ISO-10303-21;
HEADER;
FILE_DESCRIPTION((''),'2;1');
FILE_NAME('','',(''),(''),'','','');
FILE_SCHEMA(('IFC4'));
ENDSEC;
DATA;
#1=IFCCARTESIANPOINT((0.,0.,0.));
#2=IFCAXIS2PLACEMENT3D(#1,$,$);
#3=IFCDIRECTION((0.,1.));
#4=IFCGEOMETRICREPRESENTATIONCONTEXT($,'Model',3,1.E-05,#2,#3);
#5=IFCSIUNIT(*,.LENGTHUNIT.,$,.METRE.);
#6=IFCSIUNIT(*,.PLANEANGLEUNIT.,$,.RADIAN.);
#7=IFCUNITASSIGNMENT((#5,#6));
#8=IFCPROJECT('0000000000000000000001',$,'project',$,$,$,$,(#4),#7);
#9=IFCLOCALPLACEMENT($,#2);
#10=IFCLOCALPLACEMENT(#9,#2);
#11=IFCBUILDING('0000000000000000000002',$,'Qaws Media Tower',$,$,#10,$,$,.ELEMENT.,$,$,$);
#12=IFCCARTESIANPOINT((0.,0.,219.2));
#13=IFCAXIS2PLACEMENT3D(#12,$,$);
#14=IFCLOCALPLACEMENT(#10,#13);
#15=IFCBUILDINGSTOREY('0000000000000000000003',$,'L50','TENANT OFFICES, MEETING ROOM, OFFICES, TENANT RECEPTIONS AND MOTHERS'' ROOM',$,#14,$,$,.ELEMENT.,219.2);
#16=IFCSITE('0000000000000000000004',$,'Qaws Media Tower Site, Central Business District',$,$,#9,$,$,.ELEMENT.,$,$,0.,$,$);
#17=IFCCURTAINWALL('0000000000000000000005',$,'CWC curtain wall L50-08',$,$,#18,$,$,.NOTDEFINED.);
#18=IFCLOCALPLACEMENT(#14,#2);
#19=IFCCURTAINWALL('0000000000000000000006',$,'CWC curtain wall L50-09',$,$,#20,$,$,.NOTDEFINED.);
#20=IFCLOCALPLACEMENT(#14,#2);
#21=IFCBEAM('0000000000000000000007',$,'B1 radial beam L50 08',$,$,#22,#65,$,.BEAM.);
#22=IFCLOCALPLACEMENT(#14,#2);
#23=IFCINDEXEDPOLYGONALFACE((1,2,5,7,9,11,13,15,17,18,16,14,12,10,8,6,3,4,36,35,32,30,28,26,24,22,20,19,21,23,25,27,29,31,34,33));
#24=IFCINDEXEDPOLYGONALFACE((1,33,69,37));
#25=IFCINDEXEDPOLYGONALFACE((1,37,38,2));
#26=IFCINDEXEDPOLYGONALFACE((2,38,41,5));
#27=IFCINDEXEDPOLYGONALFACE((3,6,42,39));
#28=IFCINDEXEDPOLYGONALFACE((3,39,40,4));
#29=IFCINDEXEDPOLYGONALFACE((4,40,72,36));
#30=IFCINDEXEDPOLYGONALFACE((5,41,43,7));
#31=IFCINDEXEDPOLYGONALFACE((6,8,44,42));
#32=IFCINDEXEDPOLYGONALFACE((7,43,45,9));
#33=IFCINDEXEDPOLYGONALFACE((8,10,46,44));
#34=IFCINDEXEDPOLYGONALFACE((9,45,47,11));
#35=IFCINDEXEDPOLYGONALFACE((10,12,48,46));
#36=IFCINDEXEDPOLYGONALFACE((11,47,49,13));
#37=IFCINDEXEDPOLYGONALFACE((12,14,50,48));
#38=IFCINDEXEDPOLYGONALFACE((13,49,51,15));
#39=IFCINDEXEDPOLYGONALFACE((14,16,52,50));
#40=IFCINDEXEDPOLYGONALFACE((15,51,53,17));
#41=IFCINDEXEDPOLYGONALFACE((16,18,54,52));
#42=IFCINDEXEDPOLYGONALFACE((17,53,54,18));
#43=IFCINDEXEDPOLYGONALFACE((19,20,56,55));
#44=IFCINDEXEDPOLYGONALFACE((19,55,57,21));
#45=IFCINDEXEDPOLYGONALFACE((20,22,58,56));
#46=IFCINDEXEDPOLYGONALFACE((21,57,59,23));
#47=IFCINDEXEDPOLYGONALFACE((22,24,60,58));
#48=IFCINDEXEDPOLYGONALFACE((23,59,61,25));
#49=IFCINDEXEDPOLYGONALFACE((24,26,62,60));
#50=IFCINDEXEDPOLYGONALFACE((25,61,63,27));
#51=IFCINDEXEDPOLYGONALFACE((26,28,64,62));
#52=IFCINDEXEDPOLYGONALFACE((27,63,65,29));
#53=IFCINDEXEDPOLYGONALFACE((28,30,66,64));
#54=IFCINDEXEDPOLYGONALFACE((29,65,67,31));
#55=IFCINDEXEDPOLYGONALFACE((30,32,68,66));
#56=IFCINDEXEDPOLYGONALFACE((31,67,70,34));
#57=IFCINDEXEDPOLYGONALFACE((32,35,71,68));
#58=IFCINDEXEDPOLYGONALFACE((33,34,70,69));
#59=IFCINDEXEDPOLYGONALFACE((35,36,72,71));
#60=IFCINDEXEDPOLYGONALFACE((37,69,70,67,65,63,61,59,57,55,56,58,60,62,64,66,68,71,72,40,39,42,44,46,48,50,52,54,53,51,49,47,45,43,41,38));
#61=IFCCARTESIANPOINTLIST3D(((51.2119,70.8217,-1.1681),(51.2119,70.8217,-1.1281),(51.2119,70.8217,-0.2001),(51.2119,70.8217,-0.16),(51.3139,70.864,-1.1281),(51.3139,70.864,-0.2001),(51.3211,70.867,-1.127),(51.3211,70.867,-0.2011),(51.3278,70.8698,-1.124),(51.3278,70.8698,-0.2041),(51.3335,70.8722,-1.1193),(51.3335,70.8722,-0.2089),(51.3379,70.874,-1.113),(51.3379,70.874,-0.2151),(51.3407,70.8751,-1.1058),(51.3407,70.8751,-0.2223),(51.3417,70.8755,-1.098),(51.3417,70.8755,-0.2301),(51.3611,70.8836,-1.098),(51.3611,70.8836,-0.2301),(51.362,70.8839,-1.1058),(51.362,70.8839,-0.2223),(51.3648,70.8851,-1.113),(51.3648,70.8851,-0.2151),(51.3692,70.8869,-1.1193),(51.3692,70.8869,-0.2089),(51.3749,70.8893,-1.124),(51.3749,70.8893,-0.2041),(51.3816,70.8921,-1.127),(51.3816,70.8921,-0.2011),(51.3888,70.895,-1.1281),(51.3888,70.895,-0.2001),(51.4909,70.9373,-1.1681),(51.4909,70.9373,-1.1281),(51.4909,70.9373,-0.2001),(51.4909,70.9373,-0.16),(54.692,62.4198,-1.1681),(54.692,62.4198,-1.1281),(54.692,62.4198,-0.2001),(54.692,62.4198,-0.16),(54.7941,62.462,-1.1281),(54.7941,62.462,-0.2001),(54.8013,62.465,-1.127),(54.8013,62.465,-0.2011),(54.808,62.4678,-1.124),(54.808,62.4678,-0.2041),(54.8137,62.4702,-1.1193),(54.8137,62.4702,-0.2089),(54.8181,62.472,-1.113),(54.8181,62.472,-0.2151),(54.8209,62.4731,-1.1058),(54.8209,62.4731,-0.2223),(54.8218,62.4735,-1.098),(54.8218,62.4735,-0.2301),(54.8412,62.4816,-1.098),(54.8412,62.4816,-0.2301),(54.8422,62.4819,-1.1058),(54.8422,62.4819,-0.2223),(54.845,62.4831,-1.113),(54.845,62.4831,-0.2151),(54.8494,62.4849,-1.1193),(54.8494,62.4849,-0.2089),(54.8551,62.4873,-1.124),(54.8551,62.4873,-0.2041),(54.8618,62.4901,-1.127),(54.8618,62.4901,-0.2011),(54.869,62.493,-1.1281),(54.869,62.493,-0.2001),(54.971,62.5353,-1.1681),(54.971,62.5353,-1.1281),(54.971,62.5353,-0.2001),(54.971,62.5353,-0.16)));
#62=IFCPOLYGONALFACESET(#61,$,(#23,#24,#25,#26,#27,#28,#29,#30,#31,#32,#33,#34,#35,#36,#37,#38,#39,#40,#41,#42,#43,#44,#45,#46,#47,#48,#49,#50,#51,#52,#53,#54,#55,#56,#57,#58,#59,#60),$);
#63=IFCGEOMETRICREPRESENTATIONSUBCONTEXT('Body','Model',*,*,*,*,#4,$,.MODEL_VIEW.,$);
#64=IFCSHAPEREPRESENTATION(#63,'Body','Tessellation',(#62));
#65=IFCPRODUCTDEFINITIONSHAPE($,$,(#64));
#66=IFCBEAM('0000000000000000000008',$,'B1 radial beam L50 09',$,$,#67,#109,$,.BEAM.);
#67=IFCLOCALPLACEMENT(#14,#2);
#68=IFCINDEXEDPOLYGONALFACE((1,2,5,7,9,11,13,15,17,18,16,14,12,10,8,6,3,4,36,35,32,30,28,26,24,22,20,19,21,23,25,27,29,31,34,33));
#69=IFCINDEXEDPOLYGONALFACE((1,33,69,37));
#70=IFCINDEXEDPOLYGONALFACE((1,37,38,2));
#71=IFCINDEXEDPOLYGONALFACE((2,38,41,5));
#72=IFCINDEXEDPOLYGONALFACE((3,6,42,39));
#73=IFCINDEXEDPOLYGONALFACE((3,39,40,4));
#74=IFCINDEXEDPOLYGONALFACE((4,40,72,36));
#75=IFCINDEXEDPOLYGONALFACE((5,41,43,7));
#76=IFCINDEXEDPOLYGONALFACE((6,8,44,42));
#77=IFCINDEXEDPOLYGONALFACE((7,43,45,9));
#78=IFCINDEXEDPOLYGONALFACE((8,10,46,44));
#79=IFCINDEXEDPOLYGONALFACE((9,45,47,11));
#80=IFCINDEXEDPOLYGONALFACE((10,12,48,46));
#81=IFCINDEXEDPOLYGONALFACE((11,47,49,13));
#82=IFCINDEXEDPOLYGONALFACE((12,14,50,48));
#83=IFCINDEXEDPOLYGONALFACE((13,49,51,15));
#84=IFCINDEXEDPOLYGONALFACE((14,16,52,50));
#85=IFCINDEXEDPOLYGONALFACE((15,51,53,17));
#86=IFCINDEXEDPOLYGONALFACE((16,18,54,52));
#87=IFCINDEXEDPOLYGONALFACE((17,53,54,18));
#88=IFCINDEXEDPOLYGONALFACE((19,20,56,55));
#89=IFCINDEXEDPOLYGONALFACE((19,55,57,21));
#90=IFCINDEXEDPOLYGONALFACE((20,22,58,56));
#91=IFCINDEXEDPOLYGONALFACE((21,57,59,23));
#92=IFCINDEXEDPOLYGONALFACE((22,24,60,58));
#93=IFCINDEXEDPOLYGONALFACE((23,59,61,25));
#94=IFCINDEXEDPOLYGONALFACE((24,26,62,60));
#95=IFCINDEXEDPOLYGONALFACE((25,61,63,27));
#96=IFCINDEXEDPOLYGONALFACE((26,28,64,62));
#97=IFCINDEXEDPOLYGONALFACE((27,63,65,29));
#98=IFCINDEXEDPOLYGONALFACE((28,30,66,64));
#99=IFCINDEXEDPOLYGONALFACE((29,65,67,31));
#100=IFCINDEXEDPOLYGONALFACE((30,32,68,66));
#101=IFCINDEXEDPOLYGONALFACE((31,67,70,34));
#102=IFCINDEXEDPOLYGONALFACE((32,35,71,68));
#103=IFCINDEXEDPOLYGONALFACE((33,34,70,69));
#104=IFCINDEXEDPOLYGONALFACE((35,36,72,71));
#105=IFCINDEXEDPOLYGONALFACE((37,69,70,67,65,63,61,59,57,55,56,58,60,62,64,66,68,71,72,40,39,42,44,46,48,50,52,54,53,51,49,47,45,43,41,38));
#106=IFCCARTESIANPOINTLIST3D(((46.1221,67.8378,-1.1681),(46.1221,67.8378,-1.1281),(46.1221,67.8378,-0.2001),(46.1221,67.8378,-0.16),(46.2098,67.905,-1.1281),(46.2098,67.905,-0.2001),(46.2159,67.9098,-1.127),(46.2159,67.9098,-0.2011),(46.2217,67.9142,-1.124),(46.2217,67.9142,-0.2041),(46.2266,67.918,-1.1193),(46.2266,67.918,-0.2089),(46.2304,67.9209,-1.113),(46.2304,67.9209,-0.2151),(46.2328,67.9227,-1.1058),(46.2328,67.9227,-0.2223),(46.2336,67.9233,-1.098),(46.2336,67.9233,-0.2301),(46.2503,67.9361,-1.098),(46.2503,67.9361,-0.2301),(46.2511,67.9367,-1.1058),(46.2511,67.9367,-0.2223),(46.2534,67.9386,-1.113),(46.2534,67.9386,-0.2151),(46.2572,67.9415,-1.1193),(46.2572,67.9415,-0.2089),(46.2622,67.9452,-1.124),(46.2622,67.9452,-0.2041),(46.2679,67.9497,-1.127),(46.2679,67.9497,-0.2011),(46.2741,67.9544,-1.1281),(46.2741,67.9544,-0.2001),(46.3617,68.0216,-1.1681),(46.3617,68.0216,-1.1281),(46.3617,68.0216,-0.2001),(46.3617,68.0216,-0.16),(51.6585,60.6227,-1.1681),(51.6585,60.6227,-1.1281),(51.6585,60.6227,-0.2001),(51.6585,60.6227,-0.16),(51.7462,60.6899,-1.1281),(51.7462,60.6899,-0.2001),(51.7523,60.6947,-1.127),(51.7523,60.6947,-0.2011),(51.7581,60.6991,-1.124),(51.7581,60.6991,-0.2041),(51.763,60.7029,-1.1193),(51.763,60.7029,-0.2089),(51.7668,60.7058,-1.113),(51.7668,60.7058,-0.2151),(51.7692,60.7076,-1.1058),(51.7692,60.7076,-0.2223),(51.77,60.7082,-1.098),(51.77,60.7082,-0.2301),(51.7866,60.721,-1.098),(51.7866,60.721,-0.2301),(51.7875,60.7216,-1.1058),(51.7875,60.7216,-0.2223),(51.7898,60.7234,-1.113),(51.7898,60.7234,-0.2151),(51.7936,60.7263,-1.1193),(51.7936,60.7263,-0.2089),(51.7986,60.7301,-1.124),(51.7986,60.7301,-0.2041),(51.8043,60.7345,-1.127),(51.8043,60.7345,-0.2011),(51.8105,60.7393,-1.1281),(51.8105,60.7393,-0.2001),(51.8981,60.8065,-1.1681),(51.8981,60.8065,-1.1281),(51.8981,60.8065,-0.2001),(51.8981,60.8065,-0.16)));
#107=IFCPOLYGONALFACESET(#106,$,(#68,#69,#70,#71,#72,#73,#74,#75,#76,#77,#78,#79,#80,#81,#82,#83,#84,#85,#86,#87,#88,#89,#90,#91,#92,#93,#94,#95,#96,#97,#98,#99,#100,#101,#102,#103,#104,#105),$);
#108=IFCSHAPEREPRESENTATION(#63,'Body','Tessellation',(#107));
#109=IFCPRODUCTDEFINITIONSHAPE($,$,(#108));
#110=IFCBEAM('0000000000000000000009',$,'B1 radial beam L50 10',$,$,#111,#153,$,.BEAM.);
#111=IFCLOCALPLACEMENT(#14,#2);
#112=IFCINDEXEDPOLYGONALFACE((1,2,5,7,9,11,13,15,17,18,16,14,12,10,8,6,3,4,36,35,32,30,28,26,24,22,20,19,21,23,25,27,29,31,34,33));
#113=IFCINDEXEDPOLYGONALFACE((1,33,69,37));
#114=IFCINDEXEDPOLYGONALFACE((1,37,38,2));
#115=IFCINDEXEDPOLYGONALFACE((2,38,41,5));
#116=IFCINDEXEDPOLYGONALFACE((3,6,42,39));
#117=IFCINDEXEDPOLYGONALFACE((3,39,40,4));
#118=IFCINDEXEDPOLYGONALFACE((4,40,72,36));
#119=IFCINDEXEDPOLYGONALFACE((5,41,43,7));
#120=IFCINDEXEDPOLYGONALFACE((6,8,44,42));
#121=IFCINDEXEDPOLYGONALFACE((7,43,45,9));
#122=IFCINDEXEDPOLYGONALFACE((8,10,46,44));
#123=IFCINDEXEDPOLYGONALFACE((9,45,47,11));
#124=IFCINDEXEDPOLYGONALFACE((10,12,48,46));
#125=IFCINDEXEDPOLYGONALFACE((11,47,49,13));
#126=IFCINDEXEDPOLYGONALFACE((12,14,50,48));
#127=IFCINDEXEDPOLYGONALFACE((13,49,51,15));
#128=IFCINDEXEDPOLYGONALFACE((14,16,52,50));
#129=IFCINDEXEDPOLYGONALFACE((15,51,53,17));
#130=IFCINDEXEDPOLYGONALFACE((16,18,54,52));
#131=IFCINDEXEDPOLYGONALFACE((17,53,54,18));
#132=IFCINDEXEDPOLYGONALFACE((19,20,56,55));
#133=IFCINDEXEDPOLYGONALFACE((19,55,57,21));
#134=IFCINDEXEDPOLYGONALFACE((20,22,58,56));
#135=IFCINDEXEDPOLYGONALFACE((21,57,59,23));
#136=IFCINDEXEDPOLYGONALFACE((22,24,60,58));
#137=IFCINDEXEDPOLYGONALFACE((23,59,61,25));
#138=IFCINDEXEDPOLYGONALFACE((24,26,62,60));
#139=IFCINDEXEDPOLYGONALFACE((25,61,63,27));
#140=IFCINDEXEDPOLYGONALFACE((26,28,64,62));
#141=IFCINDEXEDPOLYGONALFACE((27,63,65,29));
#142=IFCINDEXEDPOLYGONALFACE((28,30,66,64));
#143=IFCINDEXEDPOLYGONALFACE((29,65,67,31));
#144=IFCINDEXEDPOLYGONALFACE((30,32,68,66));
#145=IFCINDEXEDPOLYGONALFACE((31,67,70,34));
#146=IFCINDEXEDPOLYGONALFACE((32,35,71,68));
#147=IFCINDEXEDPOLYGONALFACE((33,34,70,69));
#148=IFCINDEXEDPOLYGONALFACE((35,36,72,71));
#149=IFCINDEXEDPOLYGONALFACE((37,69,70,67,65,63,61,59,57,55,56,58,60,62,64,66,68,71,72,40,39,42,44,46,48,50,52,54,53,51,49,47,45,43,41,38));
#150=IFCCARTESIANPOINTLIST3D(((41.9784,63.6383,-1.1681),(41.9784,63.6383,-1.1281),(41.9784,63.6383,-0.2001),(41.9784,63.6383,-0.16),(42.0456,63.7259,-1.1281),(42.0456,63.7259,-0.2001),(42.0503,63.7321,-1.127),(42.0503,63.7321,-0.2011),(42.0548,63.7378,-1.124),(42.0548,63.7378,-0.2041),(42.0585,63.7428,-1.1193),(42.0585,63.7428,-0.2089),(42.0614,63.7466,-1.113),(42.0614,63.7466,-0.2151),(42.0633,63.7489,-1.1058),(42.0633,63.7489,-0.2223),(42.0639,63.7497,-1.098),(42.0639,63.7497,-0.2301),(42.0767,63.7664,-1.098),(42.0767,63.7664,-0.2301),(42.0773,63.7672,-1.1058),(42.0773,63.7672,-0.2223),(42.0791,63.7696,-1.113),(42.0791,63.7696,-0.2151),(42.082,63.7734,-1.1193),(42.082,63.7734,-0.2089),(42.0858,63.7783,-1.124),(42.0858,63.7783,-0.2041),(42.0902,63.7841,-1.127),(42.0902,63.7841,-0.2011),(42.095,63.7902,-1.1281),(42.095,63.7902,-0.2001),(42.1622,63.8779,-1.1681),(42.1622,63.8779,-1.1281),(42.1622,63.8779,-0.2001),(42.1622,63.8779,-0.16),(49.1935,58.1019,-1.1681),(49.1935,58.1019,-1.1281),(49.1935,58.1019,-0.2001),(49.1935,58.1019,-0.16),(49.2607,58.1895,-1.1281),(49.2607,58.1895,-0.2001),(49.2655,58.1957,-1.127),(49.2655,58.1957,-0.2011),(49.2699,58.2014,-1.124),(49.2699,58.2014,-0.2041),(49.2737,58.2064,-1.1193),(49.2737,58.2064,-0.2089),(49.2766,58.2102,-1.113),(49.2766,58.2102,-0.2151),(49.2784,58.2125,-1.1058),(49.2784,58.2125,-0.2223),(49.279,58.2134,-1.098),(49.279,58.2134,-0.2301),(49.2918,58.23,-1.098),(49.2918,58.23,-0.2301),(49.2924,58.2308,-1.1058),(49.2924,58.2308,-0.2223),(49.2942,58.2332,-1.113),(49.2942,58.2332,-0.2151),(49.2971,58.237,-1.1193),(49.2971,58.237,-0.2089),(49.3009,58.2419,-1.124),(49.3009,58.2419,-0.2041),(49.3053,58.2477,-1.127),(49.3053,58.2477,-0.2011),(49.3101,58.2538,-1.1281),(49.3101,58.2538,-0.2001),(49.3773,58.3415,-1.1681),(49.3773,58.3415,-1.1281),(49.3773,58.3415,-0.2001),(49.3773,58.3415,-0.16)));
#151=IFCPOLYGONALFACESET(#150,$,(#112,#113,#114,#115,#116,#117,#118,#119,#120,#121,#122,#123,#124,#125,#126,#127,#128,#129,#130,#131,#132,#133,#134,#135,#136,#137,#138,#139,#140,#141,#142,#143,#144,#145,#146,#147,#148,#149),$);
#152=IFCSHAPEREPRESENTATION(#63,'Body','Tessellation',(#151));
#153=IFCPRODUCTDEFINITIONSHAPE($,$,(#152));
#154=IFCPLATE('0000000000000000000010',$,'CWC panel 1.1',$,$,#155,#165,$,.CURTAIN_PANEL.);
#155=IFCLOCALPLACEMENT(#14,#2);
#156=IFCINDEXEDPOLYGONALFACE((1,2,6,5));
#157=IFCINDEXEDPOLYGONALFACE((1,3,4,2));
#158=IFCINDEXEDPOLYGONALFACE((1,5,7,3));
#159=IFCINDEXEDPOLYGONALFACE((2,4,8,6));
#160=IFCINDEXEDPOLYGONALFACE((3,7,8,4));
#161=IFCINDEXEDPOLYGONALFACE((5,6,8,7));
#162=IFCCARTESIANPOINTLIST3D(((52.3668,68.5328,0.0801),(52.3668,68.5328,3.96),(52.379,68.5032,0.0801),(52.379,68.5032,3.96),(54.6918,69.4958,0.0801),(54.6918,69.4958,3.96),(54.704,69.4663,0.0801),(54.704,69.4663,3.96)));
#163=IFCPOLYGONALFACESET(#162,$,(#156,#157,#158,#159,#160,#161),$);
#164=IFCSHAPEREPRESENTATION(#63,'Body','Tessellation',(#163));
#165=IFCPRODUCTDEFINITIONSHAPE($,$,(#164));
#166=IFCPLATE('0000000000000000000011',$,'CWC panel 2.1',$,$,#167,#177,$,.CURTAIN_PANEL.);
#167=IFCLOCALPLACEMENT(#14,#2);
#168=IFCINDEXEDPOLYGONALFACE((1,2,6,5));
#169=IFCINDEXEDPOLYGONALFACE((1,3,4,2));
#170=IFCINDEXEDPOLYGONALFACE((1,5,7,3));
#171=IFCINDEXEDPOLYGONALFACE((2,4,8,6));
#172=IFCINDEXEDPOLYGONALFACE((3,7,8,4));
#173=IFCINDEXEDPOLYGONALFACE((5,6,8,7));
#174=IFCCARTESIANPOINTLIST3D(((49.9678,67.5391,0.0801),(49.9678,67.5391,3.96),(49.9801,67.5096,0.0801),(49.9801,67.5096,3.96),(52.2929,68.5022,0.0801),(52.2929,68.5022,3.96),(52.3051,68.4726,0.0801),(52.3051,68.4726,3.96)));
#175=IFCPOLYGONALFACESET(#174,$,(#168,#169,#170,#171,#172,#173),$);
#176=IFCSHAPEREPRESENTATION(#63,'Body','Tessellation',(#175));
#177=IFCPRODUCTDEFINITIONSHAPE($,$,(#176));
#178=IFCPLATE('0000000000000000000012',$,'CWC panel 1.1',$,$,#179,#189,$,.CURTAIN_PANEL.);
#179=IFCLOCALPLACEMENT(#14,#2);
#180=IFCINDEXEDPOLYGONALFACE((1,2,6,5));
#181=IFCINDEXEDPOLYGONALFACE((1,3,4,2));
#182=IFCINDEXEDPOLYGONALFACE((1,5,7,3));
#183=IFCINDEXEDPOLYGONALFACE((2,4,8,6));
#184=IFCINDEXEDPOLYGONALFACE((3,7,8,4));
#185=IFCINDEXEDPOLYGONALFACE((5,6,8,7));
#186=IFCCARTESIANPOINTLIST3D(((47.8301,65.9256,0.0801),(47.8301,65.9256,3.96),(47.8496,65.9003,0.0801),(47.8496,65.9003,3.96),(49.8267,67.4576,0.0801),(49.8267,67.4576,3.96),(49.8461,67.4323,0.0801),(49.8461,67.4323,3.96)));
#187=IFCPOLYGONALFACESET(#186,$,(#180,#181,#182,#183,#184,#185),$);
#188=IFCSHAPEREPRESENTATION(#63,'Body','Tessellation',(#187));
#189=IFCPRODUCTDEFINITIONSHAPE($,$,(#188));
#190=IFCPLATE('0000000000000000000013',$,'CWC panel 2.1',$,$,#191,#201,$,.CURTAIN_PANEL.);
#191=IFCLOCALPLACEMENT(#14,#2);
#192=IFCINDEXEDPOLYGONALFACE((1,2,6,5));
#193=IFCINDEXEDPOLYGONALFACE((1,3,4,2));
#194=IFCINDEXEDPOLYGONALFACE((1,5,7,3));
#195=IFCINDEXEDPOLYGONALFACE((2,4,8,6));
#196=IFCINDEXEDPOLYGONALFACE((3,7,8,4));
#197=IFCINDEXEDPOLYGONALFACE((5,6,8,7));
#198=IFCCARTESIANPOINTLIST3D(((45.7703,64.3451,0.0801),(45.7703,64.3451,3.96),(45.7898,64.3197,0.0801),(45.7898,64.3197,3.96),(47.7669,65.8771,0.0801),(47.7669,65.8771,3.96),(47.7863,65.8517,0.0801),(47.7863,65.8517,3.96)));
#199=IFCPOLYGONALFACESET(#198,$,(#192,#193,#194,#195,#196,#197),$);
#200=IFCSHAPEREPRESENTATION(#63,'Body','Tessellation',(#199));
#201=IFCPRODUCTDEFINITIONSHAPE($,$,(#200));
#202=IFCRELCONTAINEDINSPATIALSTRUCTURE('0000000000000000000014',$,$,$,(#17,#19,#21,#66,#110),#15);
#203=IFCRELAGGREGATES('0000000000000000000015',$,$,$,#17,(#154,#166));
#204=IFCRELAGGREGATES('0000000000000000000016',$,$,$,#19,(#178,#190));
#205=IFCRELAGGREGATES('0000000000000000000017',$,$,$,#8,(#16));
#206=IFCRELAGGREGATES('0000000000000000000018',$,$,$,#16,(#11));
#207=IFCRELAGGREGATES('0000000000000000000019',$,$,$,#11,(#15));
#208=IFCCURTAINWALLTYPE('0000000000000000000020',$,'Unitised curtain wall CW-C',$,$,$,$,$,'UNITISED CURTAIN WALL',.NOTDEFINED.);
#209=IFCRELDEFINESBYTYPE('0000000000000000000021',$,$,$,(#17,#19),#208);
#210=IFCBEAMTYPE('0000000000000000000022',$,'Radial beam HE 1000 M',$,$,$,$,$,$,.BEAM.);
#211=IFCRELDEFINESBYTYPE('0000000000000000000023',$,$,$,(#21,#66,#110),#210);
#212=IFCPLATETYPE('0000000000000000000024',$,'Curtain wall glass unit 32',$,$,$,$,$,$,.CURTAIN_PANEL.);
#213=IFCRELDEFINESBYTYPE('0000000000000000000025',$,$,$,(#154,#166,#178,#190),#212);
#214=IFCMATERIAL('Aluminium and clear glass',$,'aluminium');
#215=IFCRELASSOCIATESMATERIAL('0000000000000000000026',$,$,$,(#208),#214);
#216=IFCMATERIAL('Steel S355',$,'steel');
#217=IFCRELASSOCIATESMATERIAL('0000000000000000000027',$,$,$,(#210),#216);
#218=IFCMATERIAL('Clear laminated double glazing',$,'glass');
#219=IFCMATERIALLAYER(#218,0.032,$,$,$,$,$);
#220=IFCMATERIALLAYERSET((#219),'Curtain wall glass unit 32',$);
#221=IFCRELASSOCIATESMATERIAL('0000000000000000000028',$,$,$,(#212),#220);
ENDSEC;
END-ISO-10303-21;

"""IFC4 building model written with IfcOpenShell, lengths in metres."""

from ifc_helpers import new_model, si_unit, direction, frame, origin, origin_2d, place, context, subcontext, project, spatial, rectangle, i_section, extrude, material, layer, layer_set, material_profile, profile_set, type_object, element, aggregate, save


model = new_model("IFC4")

# Units and contexts
model_context = context("Model", 3, precision=1e-05, world=origin(), true_north=direction((0.0, 1.0)))
body_context = subcontext(model_context, "Body", "Model", "MODEL_VIEW")
ifc_project = project(units=[si_unit("LENGTHUNIT", "METRE"), si_unit("PLANEANGLEUNIT", "RADIAN")], contexts=[model_context])

# Site, building, storey
site_placement = place(None, origin())
site = spatial("IfcSite", under=ifc_project, at=site_placement, Name="Qaws Media Tower Site, Central Business District", CompositionType="ELEMENT", RefElevation=0.0)
building_placement = place(site_placement, origin())
building = spatial("IfcBuilding", under=site, at=building_placement, Name="Qaws Media Tower", CompositionType="ELEMENT")
storey_placement = place(building_placement, frame((0.0, 0.0, 219.2)))
storey = spatial("IfcBuildingStorey", under=building, at=storey_placement, Name="L50", Description="TENANT OFFICES, MEETING ROOM, OFFICES, TENANT RECEPTIONS AND MOTHERS' ROOM", CompositionType="ELEMENT", Elevation=219.2)

# Curtain walls
ifc_material_1 = material(Name="Aluminium and clear glass", Category="aluminium")
curtain_wall_type = type_object("IfcCurtainWallType", Name="Unitised curtain wall CW-C", ElementType="UNITISED CURTAIN WALL", PredefinedType="NOTDEFINED", material=ifc_material_1)
curtain_wall_1_placement = place(storey_placement, origin())
curtain_wall_1 = element("IfcCurtainWall", 1, at=curtain_wall_1_placement, inside=storey, type_object=curtain_wall_type, Name="CWC curtain wall L50-08", PredefinedType="NOTDEFINED")
curtain_wall_2_placement = place(storey_placement, origin())
curtain_wall_2 = element("IfcCurtainWall", 2, at=curtain_wall_2_placement, inside=storey, type_object=curtain_wall_type, Name="CWC curtain wall L50-09", PredefinedType="NOTDEFINED")

# Beams
ifc_material_2 = material(Name="Steel S355", Category="steel")
ifc_material_profile_1 = material_profile(ifc_material_2, i_section(OverallWidth=0.302, OverallDepth=1.0081, WebThickness=0.021, FlangeThickness=0.04, FilletRadius=0.03, at=origin_2d()), Name="HE 1000 M")
ifc_profile_set_1 = profile_set([ifc_material_profile_1], Name="Steel S355")
beam_type_1 = type_object("IfcBeamType", Name="Radial beam HE 1000 M", PredefinedType="BEAM", material=ifc_profile_set_1)
beam_1_placement = place(storey_placement, frame((54.8315, 62.4775, -0.6641), z_axis=(-0.38268, 0.923881, 0.0), x_axis=(-0.923881, -0.38268, 0.0)))
element("IfcBeam", 3, at=beam_1_placement, inside=storey, type_object=beam_type_1, Name="B1 radial beam L50 08", PredefinedType="BEAM", context=body_context, shape_type="SweptSolid", body=[
    extrude(i_section(OverallWidth=0.302, OverallDepth=1.0081, WebThickness=0.021, FlangeThickness=0.04, FilletRadius=0.03, at=origin_2d()), origin(), (0.0, 0.0, 1.0), 9.0942),
])
for number, where, z_axis, x_axis, name in (
    (4, (51.7783, 60.7146, -0.6641), (-0.608765, 0.793351, 0.0), (-0.793351, -0.608765, 0.0), "B1 radial beam L50 09"),
    (5, (49.2854, 58.2217, -0.6641), (-0.793351, 0.608765, 0.0), (-0.608765, -0.793351, 0.0), "B1 radial beam L50 10"),
):
    element("IfcBeam", number, at=place(storey_placement, frame(where, z_axis=z_axis, x_axis=x_axis)), inside=storey, type_object=beam_type_1, Name=name, PredefinedType="BEAM", context=body_context, shape_type="SweptSolid", body=[
        extrude(i_section(OverallWidth=0.302, OverallDepth=1.0081, WebThickness=0.021, FlangeThickness=0.04, FilletRadius=0.03, at=origin_2d()), origin(), (0.0, 0.0, 1.0), 9.0945),
    ])

# Plates
ifc_material_3 = material(Name="Clear laminated double glazing", Category="glass")
ifc_layer_1 = layer(ifc_material_3, 0.032)
ifc_layer_set_1 = layer_set([ifc_layer_1], Name="Curtain wall glass unit 32")
plate_type_1 = type_object("IfcPlateType", Name="Curtain wall glass unit 32", PredefinedType="CURTAIN_PANEL", material=ifc_layer_set_1)
plate_1_placement = place(storey_placement, frame((53.5354, 68.9995, 0.0801), z_axis=(0.0, 0.0, 1.0), x_axis=(-0.923879, -0.382684, 0.0)))
plate_1 = element("IfcPlate", 6, at=plate_1_placement, type_object=plate_type_1, Name="CWC panel 1.1", PredefinedType="CURTAIN_PANEL", context=body_context, shape_type="SweptSolid", body=[
    extrude(rectangle(XDim=2.5166, YDim=0.032, at=origin_2d()), origin(), (0.0, 0.0, 1.0), 3.8799),
])
plate_2_placement = place(storey_placement, frame((51.1365, 68.0059, 0.0801), z_axis=(0.0, 0.0, 1.0), x_axis=(-0.923879, -0.382684, 0.0)))
plate_2 = element("IfcPlate", 7, at=plate_2_placement, type_object=plate_type_1, Name="CWC panel 2.1", PredefinedType="CURTAIN_PANEL", context=body_context, shape_type="SweptSolid", body=[
    extrude(rectangle(XDim=2.5166, YDim=0.032, at=origin_2d()), origin(), (0.0, 0.0, 1.0), 3.8799),
])
aggregate(curtain_wall_1, [plate_1, plate_2])
plate_3_placement = place(storey_placement, frame((48.8381, 66.679, 0.0801), z_axis=(0.0, 0.0, 1.0), x_axis=(-0.793353, -0.608761, 0.0)))
plate_3 = element("IfcPlate", 8, at=plate_3_placement, type_object=plate_type_1, Name="CWC panel 1.1", PredefinedType="CURTAIN_PANEL", context=body_context, shape_type="SweptSolid", body=[
    extrude(rectangle(XDim=2.5166, YDim=0.032, at=origin_2d()), origin(), (0.0, 0.0, 1.0), 3.8799),
])
plate_4_placement = place(storey_placement, frame((46.7783, 65.0984, 0.0801), z_axis=(0.0, 0.0, 1.0), x_axis=(-0.793353, -0.608761, 0.0)))
plate_4 = element("IfcPlate", 9, at=plate_4_placement, type_object=plate_type_1, Name="CWC panel 2.1", PredefinedType="CURTAIN_PANEL", context=body_context, shape_type="SweptSolid", body=[
    extrude(rectangle(XDim=2.5166, YDim=0.032, at=origin_2d()), origin(), (0.0, 0.0, 1.0), 3.8799),
])
aggregate(curtain_wall_2, [plate_3, plate_4])

save(model, "model.ifc")
